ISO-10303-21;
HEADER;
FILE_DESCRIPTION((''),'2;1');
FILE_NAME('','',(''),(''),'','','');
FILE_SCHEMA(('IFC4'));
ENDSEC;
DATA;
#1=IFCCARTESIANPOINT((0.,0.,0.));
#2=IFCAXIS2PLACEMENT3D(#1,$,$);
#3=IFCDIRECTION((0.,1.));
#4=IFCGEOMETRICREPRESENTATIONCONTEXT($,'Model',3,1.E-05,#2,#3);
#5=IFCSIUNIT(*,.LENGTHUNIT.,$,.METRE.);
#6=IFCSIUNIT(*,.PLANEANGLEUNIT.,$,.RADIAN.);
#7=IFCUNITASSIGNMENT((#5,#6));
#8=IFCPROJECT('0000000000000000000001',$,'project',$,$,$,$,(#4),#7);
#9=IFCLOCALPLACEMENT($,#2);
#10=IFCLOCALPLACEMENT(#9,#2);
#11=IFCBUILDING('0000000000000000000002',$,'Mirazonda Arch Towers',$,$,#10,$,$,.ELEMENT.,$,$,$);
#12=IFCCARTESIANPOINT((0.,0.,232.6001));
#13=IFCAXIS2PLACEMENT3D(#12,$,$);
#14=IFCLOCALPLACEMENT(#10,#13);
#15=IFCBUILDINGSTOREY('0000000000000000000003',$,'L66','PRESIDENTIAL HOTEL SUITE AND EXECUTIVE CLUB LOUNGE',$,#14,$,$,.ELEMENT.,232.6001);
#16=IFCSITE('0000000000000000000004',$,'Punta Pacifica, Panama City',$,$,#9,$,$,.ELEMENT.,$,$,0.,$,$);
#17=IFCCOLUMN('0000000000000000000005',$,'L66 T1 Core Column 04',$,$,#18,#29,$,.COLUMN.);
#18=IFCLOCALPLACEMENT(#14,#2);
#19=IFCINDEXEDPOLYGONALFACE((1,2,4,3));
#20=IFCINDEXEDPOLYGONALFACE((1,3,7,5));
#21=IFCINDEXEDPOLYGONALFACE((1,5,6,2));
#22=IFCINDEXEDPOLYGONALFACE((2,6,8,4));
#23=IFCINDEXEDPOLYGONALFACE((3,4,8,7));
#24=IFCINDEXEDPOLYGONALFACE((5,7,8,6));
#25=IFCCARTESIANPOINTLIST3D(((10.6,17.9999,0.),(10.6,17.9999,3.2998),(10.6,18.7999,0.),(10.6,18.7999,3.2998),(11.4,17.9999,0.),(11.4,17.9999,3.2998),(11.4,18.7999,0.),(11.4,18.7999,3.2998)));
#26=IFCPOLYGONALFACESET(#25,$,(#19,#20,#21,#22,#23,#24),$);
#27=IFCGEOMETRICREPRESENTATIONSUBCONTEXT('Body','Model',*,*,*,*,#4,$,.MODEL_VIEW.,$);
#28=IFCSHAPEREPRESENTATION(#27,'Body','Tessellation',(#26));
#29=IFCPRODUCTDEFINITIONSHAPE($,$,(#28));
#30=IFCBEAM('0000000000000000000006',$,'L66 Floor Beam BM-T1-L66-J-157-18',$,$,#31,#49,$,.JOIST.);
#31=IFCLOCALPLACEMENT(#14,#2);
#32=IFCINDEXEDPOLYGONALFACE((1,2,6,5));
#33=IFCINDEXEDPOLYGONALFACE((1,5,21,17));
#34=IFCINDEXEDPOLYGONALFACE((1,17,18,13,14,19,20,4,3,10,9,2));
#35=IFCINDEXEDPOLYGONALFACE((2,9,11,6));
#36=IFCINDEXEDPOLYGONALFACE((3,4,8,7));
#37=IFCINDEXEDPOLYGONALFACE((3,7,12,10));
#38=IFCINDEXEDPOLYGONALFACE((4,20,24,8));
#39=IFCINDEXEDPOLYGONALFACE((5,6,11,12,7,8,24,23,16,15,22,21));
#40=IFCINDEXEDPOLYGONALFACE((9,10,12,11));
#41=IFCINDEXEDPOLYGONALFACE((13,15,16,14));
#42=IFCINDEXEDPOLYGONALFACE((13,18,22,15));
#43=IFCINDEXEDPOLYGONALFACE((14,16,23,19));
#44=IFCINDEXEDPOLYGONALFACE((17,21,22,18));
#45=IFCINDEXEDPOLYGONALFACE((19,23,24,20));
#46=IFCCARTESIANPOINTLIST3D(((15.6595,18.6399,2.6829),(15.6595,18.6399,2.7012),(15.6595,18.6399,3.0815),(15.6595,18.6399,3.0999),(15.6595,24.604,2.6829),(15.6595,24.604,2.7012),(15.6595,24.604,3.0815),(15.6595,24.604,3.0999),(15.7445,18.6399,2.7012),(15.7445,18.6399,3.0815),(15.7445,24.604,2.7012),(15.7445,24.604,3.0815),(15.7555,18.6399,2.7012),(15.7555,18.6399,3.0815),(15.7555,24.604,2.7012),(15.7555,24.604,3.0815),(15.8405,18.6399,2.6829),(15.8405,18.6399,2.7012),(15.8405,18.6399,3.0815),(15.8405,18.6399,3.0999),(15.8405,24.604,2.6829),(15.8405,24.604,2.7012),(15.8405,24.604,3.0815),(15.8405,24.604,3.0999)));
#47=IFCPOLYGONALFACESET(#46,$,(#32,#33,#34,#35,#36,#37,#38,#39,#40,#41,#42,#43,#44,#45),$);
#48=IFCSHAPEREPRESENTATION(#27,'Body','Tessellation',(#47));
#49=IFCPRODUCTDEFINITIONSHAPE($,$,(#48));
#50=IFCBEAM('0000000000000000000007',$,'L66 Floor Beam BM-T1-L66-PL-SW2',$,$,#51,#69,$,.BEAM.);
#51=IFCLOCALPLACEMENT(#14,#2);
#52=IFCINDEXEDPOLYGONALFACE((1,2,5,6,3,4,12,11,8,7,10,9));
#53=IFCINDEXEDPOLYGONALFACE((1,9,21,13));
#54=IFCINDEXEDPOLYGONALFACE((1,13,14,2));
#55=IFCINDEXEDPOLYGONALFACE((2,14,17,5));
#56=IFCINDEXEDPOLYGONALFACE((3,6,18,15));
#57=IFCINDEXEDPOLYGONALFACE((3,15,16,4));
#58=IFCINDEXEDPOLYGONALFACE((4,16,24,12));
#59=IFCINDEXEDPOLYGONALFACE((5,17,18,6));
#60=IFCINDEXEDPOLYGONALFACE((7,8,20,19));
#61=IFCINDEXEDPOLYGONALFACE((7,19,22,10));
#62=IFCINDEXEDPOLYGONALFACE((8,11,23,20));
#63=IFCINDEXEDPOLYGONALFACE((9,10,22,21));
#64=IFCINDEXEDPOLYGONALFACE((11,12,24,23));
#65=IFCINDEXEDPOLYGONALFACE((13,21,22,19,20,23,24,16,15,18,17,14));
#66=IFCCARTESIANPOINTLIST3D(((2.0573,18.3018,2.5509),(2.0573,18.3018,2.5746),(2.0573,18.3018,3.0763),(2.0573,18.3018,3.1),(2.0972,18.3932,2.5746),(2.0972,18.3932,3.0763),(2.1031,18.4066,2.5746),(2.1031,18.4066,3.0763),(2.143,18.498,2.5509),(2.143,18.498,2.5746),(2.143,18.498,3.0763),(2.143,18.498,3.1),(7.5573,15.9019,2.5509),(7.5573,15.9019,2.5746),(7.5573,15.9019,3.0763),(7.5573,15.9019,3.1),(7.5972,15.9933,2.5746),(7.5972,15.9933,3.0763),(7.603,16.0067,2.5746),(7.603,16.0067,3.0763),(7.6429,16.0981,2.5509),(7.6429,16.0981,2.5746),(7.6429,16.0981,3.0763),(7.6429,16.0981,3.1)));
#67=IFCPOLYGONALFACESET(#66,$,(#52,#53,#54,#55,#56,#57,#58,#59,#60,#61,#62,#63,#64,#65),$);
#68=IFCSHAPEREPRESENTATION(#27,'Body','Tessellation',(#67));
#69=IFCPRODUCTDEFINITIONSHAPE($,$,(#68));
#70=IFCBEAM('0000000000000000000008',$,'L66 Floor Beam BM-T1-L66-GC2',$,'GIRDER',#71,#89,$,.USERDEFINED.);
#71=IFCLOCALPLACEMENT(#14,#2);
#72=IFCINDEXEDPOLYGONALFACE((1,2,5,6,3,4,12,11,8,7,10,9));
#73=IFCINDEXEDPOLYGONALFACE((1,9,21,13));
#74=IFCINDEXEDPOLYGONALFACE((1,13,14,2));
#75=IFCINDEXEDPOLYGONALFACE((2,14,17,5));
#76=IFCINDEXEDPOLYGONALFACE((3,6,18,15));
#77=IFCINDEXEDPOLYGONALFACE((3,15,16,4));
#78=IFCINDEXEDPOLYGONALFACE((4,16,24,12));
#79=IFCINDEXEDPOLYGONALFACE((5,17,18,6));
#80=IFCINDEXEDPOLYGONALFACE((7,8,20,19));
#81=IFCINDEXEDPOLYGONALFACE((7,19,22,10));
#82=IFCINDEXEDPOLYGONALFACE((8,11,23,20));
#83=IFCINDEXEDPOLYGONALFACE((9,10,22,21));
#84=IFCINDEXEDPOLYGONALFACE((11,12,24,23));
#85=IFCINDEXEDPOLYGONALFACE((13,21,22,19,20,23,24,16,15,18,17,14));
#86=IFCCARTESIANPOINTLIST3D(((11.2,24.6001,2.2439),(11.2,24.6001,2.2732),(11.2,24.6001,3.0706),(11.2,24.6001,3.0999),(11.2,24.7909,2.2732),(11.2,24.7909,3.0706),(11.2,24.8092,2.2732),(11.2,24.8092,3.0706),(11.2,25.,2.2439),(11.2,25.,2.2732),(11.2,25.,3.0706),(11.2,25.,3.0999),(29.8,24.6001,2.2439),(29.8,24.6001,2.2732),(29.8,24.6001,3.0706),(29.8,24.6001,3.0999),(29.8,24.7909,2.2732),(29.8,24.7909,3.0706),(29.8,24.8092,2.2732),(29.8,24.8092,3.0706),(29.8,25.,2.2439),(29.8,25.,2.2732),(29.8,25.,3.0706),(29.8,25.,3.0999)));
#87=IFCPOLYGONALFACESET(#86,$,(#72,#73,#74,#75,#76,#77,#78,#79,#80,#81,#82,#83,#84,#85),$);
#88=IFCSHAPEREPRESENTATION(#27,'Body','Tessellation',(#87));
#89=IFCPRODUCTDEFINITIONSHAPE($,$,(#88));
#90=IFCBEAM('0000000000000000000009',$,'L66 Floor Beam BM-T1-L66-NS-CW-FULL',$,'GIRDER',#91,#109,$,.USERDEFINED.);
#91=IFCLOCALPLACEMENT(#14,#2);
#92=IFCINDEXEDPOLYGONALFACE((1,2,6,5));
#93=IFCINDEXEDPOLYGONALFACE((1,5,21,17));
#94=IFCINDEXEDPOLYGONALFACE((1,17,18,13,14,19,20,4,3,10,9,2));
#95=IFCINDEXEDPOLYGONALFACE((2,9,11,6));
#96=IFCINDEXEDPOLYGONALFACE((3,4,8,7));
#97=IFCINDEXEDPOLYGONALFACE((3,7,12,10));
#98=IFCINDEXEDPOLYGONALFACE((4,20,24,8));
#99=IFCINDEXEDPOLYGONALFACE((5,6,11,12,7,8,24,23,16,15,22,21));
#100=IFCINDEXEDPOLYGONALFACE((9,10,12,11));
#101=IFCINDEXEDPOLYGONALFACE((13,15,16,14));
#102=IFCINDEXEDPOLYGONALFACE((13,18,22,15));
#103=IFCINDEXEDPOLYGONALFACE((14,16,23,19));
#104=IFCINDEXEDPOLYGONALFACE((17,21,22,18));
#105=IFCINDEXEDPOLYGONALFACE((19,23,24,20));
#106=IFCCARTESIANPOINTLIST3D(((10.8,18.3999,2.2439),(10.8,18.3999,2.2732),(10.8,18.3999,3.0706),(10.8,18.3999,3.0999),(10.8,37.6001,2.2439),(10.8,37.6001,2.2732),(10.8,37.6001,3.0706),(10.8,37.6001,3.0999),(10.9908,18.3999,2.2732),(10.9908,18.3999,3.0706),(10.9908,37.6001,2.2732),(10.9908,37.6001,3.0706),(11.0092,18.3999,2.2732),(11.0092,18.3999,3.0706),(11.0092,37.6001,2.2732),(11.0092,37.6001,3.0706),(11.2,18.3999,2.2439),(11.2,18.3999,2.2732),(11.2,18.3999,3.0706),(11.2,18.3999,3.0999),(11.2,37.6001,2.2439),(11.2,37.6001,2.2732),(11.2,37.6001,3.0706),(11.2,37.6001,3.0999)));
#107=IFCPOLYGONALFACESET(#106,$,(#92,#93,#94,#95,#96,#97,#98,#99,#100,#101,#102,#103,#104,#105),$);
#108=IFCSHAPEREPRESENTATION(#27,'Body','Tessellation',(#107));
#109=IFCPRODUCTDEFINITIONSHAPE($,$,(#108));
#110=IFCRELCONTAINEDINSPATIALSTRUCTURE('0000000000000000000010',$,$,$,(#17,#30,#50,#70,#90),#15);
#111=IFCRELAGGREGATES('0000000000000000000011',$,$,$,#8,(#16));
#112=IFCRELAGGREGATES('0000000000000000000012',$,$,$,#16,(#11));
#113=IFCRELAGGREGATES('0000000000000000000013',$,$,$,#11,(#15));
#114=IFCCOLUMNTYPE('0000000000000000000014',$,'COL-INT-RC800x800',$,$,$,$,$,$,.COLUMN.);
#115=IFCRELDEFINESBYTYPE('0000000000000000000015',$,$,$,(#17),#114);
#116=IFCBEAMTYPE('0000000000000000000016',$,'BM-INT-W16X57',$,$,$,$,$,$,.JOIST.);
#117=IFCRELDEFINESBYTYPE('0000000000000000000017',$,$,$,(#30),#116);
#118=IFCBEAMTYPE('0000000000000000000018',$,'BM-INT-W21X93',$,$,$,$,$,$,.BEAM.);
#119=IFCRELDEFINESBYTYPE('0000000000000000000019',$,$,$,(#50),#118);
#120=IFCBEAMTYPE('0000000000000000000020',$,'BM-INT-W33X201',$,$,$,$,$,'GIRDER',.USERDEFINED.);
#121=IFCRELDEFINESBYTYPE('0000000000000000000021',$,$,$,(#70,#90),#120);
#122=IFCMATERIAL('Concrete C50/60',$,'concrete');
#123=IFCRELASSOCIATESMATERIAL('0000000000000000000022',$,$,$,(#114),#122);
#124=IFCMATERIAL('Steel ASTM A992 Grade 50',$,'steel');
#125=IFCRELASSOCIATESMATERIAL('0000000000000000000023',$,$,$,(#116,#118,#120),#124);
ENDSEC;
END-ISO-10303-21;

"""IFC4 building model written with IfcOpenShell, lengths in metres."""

from ifc_helpers import new_model, si_unit, direction, frame, origin, origin_2d, place, context, subcontext, project, spatial, rectangle, i_section, extrude, material, material_profile, profile_set, type_object, element, save


model = new_model("IFC4")

# Units and contexts
model_context = context("Model", 3, precision=1e-05, world=origin(), true_north=direction((0.0, 1.0)))
body_context = subcontext(model_context, "Body", "Model", "MODEL_VIEW")
ifc_project = project(units=[si_unit("LENGTHUNIT", "METRE"), si_unit("PLANEANGLEUNIT", "RADIAN")], contexts=[model_context])

# Site, building, storey
site_placement = place(None, origin())
site = spatial("IfcSite", under=ifc_project, at=site_placement, Name="Punta Pacifica, Panama City", CompositionType="ELEMENT", RefElevation=0.0)
building_placement = place(site_placement, origin())
building = spatial("IfcBuilding", under=site, at=building_placement, Name="Mirazonda Arch Towers", CompositionType="ELEMENT")
storey_placement = place(building_placement, frame((0.0, 0.0, 232.6001)))
storey = spatial("IfcBuildingStorey", under=building, at=storey_placement, Name="L66", Description="PRESIDENTIAL HOTEL SUITE AND EXECUTIVE CLUB LOUNGE", CompositionType="ELEMENT", Elevation=232.6001)

# Column
ifc_material_1 = material(Name="Concrete C50/60", Category="concrete")
ifc_material_profile_1 = material_profile(ifc_material_1, rectangle(XDim=0.8, YDim=0.8, at=origin_2d()), Name="RC800x800")
ifc_profile_set_1 = profile_set([ifc_material_profile_1], Name="Concrete C50/60")
column_type = type_object("IfcColumnType", Name="COL-INT-RC800x800", PredefinedType="COLUMN", material=ifc_profile_set_1)
column_placement = place(storey_placement, frame((11.0, 18.3999, 0.0), z_axis=(0.0, 0.0, 1.0), x_axis=(1.0, 0.0, 0.0)))
element("IfcColumn", 1, at=column_placement, inside=storey, type_object=column_type, Name="L66 T1 Core Column 04", PredefinedType="COLUMN", context=body_context, shape_type="SweptSolid", body=[
    extrude(rectangle(XDim=0.8, YDim=0.8, at=origin_2d()), origin(), (0.0, 0.0, 1.0), 3.2998),
])

# Beams
ifc_material_2 = material(Name="Steel ASTM A992 Grade 50", Category="steel")
ifc_material_profile_2 = material_profile(ifc_material_2, i_section(OverallWidth=0.1809, OverallDepth=0.417, WebThickness=0.011, FlangeThickness=0.0183, at=origin_2d()), Name="W16X57")
ifc_profile_set_2 = profile_set([ifc_material_profile_2], Name="Steel ASTM A992 Grade 50")
beam_type_1 = type_object("IfcBeamType", Name="BM-INT-W16X57", PredefinedType="JOIST", material=ifc_profile_set_2)
beam_1_placement = place(storey_placement, frame((15.75, 18.6399, 2.8914), z_axis=(0.0, 1.0, 0.0), x_axis=(-1.0, 0.0, 0.0)))
element("IfcBeam", 2, at=beam_1_placement, inside=storey, type_object=beam_type_1, Name="L66 Floor Beam BM-T1-L66-J-157-18", PredefinedType="JOIST", context=body_context, shape_type="SweptSolid", body=[
    extrude(i_section(OverallWidth=0.1809, OverallDepth=0.417, WebThickness=0.011, FlangeThickness=0.0183, at=origin_2d()), origin(), (0.0, 0.0, 1.0), 5.9641),
])
ifc_material_profile_3 = material_profile(ifc_material_2, i_section(OverallWidth=0.2141, OverallDepth=0.5491, WebThickness=0.0146, FlangeThickness=0.0237, at=origin_2d()), Name="W21X93")
ifc_profile_set_3 = profile_set([ifc_material_profile_3], Name="Steel ASTM A992 Grade 50")
beam_type_2 = type_object("IfcBeamType", Name="BM-INT-W21X93", PredefinedType="BEAM", material=ifc_profile_set_3)
beam_2_placement = place(storey_placement, frame((7.6001, 16.0, 2.8254), z_axis=(-0.916545, 0.399931, 0.0), x_axis=(-0.399931, -0.916545, 0.0)))
element("IfcBeam", 3, at=beam_2_placement, inside=storey, type_object=beam_type_2, Name="L66 Floor Beam BM-T1-L66-PL-SW2", PredefinedType="BEAM", context=body_context, shape_type="SweptSolid", body=[
    extrude(i_section(OverallWidth=0.2141, OverallDepth=0.5491, WebThickness=0.0146, FlangeThickness=0.0237, at=origin_2d()), origin(), (0.0, 0.0, 1.0), 6.0007),
])
ifc_material_profile_4 = material_profile(ifc_material_2, i_section(OverallWidth=0.3999, OverallDepth=0.856, WebThickness=0.0183, FlangeThickness=0.0293, at=origin_2d()), Name="W33X201")
ifc_profile_set_4 = profile_set([ifc_material_profile_4], Name="Steel ASTM A992 Grade 50")
beam_type_3 = type_object("IfcBeamType", Name="BM-INT-W33X201", ElementType="GIRDER", PredefinedType="USERDEFINED", material=ifc_profile_set_4)
beam_3_placement = place(storey_placement, frame((11.2, 24.8, 2.6719), z_axis=(1.0, 0.0, 0.0), x_axis=(0.0, 1.0, 0.0)))
element("IfcBeam", 4, at=beam_3_placement, inside=storey, type_object=beam_type_3, Name="L66 Floor Beam BM-T1-L66-GC2", ObjectType="GIRDER", PredefinedType="USERDEFINED", context=body_context, shape_type="SweptSolid", body=[
    extrude(i_section(OverallWidth=0.3999, OverallDepth=0.856, WebThickness=0.0183, FlangeThickness=0.0293, at=origin_2d()), origin(), (0.0, 0.0, 1.0), 18.6001),
])
beam_4_placement = place(storey_placement, frame((11.0, 18.3999, 2.6719), z_axis=(0.0, 1.0, 0.0), x_axis=(-1.0, 0.0, 0.0)))
element("IfcBeam", 5, at=beam_4_placement, inside=storey, type_object=beam_type_3, Name="L66 Floor Beam BM-T1-L66-NS-CW-FULL", ObjectType="GIRDER", PredefinedType="USERDEFINED", context=body_context, shape_type="SweptSolid", body=[
    extrude(i_section(OverallWidth=0.3999, OverallDepth=0.856, WebThickness=0.0183, FlangeThickness=0.0293, at=origin_2d()), origin(), (0.0, 0.0, 1.0), 19.2002),
])

save(model, "model.ifc")
